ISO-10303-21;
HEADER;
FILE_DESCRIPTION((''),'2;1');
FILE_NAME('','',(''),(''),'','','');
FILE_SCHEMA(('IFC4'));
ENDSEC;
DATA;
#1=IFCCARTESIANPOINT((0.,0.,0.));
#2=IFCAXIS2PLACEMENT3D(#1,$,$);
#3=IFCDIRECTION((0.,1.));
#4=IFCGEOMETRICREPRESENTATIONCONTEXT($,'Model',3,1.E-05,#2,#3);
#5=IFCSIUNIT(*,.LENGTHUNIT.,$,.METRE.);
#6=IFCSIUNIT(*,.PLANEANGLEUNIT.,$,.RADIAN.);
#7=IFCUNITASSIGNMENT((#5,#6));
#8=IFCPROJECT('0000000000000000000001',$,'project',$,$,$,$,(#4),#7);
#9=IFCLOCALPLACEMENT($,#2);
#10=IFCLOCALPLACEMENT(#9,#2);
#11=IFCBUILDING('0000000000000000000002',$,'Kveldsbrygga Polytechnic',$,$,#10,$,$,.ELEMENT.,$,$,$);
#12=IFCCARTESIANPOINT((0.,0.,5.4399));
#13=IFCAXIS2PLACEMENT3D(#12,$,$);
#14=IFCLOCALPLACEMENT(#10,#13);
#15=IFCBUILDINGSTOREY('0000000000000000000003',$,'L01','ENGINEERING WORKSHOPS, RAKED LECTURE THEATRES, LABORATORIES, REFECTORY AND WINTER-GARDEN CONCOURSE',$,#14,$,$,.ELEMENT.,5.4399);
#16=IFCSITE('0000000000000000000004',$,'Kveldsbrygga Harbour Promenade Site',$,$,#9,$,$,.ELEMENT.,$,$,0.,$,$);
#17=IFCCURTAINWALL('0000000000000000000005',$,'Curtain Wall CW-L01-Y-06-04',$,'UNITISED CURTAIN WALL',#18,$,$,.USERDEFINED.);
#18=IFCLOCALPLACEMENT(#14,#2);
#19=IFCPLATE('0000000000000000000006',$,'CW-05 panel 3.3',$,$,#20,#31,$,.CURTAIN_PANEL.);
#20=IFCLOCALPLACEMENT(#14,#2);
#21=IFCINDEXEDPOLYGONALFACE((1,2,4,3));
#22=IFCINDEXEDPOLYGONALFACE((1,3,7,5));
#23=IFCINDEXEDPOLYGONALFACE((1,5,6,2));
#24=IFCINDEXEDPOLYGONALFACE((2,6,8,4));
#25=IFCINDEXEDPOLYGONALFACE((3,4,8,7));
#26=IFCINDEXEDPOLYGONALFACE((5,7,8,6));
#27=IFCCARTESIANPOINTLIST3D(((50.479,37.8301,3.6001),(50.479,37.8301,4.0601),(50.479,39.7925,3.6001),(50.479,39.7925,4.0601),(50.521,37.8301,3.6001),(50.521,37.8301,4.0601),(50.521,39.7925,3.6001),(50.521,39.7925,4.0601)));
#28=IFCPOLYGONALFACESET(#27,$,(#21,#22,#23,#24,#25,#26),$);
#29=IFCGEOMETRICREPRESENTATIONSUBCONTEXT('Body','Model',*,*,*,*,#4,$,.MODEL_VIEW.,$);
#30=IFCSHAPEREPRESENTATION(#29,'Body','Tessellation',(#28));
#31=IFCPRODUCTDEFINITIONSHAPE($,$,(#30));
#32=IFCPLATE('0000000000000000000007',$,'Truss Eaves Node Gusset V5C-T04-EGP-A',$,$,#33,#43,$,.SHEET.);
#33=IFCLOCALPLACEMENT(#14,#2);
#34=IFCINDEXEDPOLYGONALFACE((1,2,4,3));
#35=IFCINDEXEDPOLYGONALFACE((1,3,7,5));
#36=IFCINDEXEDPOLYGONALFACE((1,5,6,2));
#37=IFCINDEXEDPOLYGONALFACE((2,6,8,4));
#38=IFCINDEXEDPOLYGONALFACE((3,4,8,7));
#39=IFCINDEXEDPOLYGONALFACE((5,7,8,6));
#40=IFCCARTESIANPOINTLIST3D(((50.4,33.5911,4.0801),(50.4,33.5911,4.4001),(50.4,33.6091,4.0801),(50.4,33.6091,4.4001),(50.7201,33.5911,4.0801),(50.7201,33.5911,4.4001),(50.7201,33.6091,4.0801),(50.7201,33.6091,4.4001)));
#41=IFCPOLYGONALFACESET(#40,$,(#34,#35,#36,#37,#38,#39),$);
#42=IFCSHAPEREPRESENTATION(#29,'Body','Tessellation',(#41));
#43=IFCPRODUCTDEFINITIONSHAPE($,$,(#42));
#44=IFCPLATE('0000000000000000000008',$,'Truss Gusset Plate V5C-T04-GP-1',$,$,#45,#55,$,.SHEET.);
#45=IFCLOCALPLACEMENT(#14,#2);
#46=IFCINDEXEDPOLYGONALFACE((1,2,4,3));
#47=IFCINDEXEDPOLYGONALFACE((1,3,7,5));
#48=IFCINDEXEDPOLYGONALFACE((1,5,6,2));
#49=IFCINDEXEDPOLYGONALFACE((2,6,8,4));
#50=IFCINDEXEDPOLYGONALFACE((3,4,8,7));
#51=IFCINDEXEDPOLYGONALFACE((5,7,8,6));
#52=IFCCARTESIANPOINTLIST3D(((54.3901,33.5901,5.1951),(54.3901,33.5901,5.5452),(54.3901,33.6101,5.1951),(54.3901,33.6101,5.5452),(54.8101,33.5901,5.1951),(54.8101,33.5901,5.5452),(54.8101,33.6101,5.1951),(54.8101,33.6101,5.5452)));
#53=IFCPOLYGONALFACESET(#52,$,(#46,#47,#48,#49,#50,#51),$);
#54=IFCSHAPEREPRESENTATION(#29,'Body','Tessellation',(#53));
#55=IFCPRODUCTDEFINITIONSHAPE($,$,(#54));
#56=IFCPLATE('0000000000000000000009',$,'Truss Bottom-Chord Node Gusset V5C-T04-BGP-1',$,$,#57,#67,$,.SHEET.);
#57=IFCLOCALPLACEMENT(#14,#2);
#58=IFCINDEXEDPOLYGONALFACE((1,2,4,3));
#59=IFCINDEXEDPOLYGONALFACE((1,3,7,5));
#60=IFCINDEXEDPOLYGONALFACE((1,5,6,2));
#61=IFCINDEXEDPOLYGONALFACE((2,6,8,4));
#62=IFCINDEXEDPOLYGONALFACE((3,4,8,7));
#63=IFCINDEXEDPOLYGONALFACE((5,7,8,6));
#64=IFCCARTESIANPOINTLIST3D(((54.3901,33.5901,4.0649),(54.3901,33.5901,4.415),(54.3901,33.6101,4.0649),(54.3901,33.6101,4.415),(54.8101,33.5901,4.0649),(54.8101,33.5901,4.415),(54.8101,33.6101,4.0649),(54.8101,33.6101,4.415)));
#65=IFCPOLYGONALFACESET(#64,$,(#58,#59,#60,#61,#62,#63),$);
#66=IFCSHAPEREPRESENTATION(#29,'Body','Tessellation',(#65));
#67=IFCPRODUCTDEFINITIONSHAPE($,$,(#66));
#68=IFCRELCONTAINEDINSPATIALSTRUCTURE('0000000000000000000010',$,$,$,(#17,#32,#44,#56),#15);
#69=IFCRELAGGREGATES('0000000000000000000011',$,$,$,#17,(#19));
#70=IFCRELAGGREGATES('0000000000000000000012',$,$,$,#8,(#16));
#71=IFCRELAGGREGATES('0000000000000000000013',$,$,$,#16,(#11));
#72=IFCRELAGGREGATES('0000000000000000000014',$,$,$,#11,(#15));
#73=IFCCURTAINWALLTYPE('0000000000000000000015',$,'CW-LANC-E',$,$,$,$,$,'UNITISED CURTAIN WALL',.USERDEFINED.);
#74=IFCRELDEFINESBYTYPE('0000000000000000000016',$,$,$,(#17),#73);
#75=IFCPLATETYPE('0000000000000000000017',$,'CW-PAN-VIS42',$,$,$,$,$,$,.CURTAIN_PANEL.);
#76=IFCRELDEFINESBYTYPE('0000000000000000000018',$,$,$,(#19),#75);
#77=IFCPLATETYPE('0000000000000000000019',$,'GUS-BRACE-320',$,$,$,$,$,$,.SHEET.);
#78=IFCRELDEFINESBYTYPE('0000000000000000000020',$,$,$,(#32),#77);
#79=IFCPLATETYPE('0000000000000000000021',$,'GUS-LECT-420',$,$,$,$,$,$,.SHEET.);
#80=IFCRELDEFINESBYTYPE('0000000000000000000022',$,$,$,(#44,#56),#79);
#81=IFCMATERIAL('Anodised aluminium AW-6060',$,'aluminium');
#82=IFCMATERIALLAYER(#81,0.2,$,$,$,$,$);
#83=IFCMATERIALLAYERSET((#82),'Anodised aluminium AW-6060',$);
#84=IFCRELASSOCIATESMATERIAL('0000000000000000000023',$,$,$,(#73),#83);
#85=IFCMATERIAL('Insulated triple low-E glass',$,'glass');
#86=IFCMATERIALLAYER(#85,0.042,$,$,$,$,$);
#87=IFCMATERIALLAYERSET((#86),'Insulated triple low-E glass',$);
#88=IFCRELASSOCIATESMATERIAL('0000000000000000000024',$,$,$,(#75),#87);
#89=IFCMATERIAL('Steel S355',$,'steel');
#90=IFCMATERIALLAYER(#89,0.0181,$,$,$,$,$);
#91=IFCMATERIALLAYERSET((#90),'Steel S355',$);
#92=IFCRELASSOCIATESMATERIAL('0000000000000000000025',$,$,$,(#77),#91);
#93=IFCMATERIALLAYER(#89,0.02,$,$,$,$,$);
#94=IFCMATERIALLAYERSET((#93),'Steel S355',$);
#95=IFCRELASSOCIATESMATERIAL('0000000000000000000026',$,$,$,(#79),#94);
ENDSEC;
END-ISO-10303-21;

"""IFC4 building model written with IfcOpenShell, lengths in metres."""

from ifc_helpers import new_model, si_unit, direction, frame, origin, origin_2d, place, context, subcontext, project, spatial, rectangle, extrude, material, layer, layer_set, type_object, element, aggregate, save


model = new_model("IFC4")

# Units and contexts
model_context = context("Model", 3, precision=1e-05, world=origin(), true_north=direction((0.0, 1.0)))
body_context = subcontext(model_context, "Body", "Model", "MODEL_VIEW")
ifc_project = project(units=[si_unit("LENGTHUNIT", "METRE"), si_unit("PLANEANGLEUNIT", "RADIAN")], contexts=[model_context])

# Site, building, storey
site_placement = place(None, origin())
site = spatial("IfcSite", under=ifc_project, at=site_placement, Name="Kveldsbrygga Harbour Promenade Site", CompositionType="ELEMENT", RefElevation=0.0)
building_placement = place(site_placement, origin())
building = spatial("IfcBuilding", under=site, at=building_placement, Name="Kveldsbrygga Polytechnic", CompositionType="ELEMENT")
storey_placement = place(building_placement, frame((0.0, 0.0, 5.4399)))
storey = spatial("IfcBuildingStorey", under=building, at=storey_placement, Name="L01", Description="ENGINEERING WORKSHOPS, RAKED LECTURE THEATRES, LABORATORIES, REFECTORY AND WINTER-GARDEN CONCOURSE", CompositionType="ELEMENT", Elevation=5.4399)

# Shared definitions
ifc_material_1 = material(Name="Anodised aluminium AW-6060", Category="aluminium")
ifc_layer_1 = layer(ifc_material_1, 0.2)
ifc_layer_set_1 = layer_set([ifc_layer_1], Name="Anodised aluminium AW-6060")
curtain_wall_type_1 = type_object("IfcCurtainWallType", Name="CW-LANC-E", ElementType="UNITISED CURTAIN WALL", PredefinedType="USERDEFINED", material=ifc_layer_set_1)

# Curtain wall
curtain_wall_1_placement = place(storey_placement, origin())
curtain_wall_1 = element("IfcCurtainWall", 1, at=curtain_wall_1_placement, inside=storey, type_object=curtain_wall_type_1, Name="Curtain Wall CW-L01-Y-06-04", ObjectType="UNITISED CURTAIN WALL", PredefinedType="USERDEFINED")

# Shared definitions
ifc_material_2 = material(Name="Steel S355", Category="steel")

# Plate
ifc_material_3 = material(Name="Insulated triple low-E glass", Category="glass")
ifc_layer_2 = layer(ifc_material_3, 0.042)
ifc_layer_set_2 = layer_set([ifc_layer_2], Name="Insulated triple low-E glass")
plate_type_1 = type_object("IfcPlateType", Name="CW-PAN-VIS42", PredefinedType="CURTAIN_PANEL", material=ifc_layer_set_2)
plate_1_placement = place(storey_placement, frame((50.5, 38.8113, 3.6001), z_axis=(0.0, 0.0, 1.0), x_axis=(0.0, 1.0, 0.0)))
plate_1 = element("IfcPlate", 2, at=plate_1_placement, type_object=plate_type_1, Name="CW-05 panel 3.3", PredefinedType="CURTAIN_PANEL", context=body_context, shape_type="SweptSolid", body=[
    extrude(rectangle(XDim=1.9624, YDim=0.042, at=origin_2d()), origin(), (0.0, 0.0, 1.0), 0.46),
])
aggregate(curtain_wall_1, [plate_1])

# Plates
ifc_layer_3 = layer(ifc_material_2, 0.0181)
ifc_layer_set_3 = layer_set([ifc_layer_3], Name="Steel S355")
plate_type_2 = type_object("IfcPlateType", Name="GUS-BRACE-320", PredefinedType="SHEET", material=ifc_layer_set_3)
plate_2_placement = place(storey_placement, frame((50.5601, 33.6001, 4.0801), z_axis=(0.0, 0.0, 1.0), x_axis=(1.0, 0.0, 0.0)))
element("IfcPlate", 3, at=plate_2_placement, inside=storey, type_object=plate_type_2, Name="Truss Eaves Node Gusset V5C-T04-EGP-A", PredefinedType="SHEET", context=body_context, shape_type="SweptSolid", body=[
    extrude(rectangle(XDim=0.3201, YDim=0.0181, at=origin_2d()), origin(), (0.0, 0.0, 1.0), 0.3201),
])
ifc_layer_4 = layer(ifc_material_2, 0.02)
ifc_layer_set_4 = layer_set([ifc_layer_4], Name="Steel S355")
plate_type_3 = type_object("IfcPlateType", Name="GUS-LECT-420", PredefinedType="SHEET", material=ifc_layer_set_4)
for number, where, z_axis, x_axis, name in (
    (4, (54.6001, 33.6001, 5.1951), (0.0, 0.0, 1.0), (1.0, 0.0, 0.0), "Truss Gusset Plate V5C-T04-GP-1"),
    (5, (54.6001, 33.6001, 4.0649), (0.0, 0.0, 1.0), (1.0, 0.0, 0.0), "Truss Bottom-Chord Node Gusset V5C-T04-BGP-1"),
):
    element("IfcPlate", number, at=place(storey_placement, frame(where, z_axis=z_axis, x_axis=x_axis)), inside=storey, type_object=plate_type_3, Name=name, PredefinedType="SHEET", context=body_context, shape_type="SweptSolid", body=[
        extrude(rectangle(XDim=0.4199, YDim=0.02, at=origin_2d()), origin(), (0.0, 0.0, 1.0), 0.3501),
    ])

save(model, "model.ifc")
